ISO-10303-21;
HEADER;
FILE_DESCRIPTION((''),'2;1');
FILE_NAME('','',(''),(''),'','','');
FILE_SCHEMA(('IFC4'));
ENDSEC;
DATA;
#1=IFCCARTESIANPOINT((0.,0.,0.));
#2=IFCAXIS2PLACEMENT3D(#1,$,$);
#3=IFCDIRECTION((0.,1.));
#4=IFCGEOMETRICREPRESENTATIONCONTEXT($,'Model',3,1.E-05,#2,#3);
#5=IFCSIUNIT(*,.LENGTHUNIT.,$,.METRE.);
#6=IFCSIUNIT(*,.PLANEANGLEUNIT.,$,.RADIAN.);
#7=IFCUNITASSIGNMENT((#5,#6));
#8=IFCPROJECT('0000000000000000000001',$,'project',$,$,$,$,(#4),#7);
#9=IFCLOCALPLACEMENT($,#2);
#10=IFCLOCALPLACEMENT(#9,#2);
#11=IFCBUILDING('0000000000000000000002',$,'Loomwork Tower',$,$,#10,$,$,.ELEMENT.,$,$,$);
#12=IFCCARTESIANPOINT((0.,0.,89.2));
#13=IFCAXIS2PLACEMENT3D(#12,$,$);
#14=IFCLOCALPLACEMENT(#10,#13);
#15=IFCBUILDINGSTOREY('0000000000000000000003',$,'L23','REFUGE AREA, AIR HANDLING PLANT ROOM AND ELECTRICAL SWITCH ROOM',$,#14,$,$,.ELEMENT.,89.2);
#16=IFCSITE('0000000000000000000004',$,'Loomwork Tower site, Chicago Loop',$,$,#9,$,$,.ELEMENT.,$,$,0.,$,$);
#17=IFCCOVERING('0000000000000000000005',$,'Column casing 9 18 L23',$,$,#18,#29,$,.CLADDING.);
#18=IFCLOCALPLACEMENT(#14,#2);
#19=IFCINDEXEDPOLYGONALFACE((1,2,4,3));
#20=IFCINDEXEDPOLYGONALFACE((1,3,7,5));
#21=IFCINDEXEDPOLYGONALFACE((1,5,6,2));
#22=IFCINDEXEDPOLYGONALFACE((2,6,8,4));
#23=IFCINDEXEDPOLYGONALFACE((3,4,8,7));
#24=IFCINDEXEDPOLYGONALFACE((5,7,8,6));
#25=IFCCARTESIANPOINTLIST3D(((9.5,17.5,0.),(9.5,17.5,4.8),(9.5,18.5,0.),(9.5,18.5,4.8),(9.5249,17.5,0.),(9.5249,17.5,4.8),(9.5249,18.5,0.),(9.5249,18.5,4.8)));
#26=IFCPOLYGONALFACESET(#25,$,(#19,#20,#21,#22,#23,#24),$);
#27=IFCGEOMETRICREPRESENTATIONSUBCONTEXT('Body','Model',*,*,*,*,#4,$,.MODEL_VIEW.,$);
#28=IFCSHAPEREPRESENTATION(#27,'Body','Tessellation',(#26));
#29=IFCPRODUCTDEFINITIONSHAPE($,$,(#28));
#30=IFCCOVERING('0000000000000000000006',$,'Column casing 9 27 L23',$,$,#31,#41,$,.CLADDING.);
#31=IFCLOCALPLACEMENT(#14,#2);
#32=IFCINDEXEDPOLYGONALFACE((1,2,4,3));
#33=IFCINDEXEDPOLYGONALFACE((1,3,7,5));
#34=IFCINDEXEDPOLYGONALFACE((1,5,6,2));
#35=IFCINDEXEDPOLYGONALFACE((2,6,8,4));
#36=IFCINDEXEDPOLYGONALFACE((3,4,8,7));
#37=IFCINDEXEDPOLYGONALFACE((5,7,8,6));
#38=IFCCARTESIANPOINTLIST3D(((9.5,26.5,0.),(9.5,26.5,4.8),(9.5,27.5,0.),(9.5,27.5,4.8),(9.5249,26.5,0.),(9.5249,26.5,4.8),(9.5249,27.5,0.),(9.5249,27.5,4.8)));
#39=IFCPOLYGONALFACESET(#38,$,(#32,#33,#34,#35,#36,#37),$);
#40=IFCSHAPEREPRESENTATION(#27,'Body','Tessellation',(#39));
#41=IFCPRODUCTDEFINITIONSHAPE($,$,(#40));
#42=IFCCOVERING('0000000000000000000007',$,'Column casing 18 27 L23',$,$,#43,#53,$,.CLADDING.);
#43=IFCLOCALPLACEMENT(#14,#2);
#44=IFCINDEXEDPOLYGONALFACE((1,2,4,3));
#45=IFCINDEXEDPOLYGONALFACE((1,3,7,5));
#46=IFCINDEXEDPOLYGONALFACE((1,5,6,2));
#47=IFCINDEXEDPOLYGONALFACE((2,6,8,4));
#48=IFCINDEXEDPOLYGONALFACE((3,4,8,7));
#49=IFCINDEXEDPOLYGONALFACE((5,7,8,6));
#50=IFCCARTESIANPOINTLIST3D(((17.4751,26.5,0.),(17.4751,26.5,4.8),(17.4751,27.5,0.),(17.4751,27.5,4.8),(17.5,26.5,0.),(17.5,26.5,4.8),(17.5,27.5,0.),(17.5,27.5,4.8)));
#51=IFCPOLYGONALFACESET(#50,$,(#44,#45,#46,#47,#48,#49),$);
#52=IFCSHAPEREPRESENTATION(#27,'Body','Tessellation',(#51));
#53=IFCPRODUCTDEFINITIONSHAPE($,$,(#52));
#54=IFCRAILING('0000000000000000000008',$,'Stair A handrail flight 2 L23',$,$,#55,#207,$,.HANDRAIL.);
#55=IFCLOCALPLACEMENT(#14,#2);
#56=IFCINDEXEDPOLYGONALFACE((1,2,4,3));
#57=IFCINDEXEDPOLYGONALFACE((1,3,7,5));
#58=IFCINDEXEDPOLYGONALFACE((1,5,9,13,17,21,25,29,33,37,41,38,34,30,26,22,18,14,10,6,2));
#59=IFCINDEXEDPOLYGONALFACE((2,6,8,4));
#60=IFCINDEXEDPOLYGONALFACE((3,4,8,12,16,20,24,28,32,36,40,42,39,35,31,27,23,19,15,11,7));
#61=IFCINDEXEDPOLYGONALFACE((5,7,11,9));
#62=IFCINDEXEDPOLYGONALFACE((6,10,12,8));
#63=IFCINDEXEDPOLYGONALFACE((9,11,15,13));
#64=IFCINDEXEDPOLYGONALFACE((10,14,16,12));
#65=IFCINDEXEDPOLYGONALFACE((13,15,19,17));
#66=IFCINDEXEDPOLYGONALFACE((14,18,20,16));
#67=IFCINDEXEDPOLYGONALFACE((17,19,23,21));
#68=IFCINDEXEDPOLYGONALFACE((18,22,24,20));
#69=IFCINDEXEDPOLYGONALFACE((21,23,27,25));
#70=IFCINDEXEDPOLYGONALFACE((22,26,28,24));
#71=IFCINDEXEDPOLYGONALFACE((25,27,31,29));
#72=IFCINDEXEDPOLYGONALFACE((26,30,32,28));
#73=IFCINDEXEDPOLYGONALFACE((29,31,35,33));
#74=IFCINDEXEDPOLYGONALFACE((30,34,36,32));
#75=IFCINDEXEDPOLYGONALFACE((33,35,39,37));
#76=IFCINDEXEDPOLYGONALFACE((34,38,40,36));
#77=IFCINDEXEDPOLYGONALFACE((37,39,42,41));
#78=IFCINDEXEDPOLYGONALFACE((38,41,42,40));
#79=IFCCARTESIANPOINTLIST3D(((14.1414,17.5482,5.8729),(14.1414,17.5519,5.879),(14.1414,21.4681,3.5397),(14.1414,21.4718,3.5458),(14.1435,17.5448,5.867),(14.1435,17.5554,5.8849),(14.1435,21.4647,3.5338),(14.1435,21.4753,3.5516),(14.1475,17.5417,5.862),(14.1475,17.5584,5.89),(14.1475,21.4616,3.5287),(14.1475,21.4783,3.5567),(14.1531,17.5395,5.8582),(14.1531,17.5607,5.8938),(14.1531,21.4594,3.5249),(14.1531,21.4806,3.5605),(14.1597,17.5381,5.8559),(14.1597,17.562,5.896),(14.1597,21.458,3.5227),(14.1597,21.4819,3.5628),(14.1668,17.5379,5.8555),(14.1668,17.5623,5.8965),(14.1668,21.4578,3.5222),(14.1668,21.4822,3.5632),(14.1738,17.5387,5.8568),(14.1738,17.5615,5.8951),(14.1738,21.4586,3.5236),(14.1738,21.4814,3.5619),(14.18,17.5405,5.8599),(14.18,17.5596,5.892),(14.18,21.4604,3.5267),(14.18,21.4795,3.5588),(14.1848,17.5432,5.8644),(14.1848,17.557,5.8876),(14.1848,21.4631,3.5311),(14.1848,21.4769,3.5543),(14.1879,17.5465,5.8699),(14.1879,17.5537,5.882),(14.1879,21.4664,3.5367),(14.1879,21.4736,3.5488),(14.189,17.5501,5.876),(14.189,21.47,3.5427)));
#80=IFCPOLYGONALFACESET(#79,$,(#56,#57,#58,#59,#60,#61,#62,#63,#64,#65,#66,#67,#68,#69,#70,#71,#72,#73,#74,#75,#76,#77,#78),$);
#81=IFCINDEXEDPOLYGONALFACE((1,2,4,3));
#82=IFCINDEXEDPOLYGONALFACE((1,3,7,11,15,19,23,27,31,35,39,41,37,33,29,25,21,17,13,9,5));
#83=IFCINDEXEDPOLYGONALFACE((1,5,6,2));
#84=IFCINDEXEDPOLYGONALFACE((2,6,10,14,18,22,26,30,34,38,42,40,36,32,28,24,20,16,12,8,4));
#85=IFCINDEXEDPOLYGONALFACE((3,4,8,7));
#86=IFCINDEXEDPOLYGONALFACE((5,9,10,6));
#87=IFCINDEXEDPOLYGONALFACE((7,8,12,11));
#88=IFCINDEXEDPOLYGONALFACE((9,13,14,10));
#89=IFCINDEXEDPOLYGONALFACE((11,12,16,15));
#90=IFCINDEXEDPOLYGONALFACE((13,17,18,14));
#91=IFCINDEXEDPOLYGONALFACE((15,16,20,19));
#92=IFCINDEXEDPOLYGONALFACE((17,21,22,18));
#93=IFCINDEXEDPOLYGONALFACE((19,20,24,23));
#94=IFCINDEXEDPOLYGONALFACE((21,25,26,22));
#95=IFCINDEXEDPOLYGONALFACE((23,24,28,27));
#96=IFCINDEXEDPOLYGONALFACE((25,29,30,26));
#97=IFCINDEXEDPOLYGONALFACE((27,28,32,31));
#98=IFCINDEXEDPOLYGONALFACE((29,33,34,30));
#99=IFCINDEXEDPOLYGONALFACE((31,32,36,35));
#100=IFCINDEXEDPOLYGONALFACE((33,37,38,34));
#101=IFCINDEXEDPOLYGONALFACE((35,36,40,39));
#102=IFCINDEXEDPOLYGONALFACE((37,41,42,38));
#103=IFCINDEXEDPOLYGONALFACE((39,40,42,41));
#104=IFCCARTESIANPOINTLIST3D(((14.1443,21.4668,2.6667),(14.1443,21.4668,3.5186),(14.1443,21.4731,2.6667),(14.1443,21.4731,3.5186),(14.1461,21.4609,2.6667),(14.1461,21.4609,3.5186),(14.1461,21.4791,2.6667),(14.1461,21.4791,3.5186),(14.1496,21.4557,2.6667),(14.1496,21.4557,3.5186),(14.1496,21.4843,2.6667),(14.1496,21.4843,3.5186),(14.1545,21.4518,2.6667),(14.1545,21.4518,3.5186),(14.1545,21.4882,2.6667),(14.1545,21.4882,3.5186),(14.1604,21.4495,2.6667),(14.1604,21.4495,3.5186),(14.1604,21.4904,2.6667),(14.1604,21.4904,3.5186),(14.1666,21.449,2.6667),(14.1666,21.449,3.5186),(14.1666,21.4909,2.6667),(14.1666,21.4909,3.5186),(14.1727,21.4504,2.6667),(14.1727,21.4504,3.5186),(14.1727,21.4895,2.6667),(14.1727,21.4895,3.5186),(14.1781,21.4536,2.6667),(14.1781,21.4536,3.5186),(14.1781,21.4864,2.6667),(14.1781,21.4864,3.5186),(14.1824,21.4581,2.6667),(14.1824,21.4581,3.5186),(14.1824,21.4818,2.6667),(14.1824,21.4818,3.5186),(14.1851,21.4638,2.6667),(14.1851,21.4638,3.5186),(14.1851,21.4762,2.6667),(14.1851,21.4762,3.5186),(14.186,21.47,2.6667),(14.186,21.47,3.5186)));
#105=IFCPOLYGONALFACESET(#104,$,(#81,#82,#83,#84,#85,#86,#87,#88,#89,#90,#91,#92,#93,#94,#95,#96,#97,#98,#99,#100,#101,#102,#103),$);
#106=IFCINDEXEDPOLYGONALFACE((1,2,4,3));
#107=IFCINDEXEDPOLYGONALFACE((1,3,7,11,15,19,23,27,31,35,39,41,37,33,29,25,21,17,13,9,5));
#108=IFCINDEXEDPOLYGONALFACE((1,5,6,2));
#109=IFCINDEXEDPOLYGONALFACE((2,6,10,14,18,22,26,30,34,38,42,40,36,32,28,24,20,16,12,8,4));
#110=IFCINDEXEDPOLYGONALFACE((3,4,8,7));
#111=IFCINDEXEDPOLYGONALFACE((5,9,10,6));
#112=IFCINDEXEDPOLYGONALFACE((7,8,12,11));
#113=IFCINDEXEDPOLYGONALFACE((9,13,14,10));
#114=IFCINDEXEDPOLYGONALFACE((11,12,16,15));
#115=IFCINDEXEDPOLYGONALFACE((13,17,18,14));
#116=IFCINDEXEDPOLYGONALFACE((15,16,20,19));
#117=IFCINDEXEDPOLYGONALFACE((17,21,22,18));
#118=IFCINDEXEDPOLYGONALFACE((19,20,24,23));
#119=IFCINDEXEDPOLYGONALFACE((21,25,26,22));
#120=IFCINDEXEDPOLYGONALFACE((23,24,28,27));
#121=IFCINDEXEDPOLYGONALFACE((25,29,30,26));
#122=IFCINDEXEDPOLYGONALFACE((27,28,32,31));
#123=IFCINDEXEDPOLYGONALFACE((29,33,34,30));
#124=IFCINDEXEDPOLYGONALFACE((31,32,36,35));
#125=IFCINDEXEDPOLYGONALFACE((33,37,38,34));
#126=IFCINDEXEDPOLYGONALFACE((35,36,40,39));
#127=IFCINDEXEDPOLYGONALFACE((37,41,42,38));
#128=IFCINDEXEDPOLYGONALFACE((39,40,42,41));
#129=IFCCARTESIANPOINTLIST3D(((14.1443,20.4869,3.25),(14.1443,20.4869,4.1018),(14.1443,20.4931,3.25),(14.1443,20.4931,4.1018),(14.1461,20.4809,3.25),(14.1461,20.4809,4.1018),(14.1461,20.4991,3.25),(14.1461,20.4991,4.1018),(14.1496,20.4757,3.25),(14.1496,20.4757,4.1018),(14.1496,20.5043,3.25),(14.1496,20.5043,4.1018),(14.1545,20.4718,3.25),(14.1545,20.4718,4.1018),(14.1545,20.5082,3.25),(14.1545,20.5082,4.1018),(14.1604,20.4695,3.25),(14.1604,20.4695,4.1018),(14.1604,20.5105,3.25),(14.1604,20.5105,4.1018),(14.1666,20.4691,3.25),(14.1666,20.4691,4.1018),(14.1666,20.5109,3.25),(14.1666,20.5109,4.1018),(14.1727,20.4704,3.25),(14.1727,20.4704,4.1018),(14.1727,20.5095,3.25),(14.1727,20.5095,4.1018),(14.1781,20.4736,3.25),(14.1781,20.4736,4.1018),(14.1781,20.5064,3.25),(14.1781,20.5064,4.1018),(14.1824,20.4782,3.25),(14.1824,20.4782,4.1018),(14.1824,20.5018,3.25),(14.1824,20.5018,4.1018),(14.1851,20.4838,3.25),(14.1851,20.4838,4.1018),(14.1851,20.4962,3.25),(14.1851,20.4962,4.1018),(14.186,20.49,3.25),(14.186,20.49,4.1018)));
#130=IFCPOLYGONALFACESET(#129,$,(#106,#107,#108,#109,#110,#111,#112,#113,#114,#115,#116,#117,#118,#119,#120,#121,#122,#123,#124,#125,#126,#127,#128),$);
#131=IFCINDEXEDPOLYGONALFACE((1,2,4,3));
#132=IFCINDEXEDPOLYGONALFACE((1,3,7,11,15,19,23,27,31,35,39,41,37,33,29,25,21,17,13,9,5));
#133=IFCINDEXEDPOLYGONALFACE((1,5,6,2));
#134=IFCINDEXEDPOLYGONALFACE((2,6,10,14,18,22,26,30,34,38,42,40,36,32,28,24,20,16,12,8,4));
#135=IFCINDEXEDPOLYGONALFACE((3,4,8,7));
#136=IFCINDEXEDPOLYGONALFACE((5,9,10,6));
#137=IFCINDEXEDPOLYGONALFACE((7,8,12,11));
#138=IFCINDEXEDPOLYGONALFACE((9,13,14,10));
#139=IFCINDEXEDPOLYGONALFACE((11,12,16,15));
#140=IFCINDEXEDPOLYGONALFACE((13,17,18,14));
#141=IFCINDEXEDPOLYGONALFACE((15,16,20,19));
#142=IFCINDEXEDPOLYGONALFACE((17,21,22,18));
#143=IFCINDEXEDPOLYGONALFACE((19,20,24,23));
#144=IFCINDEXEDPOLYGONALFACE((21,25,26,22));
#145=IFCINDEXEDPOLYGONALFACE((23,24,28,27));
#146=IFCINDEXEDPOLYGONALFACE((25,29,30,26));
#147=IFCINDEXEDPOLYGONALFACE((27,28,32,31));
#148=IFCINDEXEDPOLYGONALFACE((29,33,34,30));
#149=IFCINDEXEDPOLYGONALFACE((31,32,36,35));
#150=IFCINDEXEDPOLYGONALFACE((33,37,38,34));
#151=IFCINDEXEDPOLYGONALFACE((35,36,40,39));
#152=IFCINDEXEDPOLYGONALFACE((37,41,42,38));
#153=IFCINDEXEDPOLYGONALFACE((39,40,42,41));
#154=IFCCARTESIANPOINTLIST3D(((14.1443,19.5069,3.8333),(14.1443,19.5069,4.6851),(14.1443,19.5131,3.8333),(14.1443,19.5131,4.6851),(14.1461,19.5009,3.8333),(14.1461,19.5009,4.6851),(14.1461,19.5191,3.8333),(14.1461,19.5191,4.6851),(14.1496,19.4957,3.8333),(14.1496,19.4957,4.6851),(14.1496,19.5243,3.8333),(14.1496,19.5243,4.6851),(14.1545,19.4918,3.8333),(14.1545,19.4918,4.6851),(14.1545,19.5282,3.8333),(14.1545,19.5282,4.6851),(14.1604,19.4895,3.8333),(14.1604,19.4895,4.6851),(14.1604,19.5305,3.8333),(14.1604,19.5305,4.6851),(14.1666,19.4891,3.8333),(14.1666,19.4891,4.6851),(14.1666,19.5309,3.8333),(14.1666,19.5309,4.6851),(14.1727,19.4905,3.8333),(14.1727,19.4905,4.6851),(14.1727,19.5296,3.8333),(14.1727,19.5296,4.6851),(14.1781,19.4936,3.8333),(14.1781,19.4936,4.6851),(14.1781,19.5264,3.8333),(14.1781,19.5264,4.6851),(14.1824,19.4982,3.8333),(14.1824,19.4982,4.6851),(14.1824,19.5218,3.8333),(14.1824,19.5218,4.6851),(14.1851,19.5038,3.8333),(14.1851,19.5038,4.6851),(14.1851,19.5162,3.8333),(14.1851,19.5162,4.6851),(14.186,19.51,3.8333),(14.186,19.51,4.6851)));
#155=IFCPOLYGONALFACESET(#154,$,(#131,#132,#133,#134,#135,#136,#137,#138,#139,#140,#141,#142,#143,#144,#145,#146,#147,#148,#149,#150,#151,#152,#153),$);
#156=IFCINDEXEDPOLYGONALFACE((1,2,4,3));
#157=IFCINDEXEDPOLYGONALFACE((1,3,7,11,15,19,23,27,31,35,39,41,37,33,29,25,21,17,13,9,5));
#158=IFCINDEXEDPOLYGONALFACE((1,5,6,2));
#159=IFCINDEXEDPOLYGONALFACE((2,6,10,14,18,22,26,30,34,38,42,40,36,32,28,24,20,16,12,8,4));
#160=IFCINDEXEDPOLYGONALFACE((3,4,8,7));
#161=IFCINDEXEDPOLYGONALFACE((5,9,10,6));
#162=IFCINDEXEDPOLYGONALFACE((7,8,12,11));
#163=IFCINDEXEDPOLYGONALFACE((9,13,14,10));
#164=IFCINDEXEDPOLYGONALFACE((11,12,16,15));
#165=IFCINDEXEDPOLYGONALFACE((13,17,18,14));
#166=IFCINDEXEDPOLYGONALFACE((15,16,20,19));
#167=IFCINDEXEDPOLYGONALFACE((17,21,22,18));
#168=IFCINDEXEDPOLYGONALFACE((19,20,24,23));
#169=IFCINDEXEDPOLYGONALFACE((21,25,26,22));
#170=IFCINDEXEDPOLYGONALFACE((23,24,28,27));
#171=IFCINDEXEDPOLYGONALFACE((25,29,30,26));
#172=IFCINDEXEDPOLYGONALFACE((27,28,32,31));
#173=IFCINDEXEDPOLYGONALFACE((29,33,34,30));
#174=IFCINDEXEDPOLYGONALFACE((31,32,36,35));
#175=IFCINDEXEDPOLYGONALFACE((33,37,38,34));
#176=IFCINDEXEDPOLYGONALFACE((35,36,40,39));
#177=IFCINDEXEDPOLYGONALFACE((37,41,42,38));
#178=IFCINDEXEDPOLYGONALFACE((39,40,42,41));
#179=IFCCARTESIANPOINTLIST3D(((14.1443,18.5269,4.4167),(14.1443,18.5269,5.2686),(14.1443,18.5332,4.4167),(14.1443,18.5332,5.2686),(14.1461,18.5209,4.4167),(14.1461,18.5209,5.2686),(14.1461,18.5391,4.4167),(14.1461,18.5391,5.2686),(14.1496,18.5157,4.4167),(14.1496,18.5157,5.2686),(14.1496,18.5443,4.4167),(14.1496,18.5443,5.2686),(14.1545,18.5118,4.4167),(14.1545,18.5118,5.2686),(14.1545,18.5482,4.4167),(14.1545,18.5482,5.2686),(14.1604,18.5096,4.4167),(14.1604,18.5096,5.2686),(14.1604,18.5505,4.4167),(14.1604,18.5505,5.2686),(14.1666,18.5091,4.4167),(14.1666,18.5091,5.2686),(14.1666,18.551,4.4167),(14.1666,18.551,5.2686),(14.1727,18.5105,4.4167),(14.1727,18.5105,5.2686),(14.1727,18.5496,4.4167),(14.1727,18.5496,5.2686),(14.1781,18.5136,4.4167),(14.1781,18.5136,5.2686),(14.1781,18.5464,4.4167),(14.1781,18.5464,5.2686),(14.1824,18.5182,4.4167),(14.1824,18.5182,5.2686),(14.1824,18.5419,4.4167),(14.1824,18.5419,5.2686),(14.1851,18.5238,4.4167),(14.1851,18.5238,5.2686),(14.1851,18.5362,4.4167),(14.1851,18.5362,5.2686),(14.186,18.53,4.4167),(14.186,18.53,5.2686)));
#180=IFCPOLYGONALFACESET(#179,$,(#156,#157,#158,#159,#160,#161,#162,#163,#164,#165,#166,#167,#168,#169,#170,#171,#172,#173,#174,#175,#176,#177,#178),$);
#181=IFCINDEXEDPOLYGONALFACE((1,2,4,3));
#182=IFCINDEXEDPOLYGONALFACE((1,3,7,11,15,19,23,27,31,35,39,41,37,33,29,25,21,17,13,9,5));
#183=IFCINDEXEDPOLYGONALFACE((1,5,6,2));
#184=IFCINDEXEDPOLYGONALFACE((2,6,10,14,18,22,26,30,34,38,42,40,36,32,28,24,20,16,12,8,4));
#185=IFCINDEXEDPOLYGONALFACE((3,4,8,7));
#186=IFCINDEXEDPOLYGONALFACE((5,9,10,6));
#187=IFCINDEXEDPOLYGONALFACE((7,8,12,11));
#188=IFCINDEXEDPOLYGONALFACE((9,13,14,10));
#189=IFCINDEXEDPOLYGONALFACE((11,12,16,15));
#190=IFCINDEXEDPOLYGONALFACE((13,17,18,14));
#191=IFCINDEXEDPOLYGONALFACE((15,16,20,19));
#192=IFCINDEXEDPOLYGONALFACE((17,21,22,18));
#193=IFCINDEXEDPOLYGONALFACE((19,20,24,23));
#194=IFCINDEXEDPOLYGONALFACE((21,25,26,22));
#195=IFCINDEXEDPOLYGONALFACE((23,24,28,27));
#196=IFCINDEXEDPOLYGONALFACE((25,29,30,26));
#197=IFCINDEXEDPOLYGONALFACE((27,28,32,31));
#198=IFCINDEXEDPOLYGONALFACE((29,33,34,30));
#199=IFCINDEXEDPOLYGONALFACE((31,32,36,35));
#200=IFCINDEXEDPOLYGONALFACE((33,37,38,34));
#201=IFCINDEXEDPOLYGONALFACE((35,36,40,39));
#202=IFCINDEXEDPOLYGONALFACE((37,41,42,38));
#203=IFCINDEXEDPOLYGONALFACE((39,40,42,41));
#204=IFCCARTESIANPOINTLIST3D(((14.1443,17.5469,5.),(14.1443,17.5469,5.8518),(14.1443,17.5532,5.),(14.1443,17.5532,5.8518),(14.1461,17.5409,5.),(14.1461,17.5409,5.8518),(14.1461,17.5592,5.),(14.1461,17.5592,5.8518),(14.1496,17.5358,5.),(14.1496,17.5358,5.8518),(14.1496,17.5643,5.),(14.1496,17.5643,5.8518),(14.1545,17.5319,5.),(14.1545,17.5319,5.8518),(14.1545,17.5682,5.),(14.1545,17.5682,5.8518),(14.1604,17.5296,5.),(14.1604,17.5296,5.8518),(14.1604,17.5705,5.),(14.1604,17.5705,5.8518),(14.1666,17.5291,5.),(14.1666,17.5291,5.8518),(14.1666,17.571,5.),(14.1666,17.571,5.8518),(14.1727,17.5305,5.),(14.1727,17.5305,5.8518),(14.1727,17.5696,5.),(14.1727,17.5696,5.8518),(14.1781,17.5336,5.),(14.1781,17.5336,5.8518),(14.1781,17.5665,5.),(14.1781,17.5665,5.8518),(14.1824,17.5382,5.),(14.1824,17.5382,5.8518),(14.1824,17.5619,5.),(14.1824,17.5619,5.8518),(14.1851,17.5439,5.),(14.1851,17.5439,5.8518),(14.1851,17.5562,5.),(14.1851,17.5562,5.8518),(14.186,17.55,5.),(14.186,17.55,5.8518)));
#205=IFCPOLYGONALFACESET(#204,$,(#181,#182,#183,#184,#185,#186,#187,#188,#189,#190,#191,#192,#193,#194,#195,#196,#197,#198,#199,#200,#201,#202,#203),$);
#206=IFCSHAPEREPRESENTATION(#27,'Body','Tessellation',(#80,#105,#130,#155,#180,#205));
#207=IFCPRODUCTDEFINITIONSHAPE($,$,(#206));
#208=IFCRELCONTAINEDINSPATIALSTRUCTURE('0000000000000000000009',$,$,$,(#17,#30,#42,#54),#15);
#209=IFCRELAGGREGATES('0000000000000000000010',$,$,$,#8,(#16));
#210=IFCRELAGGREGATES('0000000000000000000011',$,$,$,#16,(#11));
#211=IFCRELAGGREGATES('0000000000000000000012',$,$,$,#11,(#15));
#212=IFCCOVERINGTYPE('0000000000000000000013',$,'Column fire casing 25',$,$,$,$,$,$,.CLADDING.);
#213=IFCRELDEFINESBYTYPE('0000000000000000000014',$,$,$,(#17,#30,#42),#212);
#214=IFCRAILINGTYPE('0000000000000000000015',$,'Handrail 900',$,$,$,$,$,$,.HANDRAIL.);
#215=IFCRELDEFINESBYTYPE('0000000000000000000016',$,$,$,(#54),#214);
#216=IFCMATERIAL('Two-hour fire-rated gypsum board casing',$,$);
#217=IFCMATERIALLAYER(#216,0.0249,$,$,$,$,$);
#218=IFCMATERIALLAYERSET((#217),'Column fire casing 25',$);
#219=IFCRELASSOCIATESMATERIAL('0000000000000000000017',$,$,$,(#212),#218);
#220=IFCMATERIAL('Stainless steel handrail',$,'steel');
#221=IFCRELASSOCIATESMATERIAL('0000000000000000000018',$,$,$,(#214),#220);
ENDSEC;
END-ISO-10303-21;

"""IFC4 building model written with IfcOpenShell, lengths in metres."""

from ifc_helpers import new_model, si_unit, direction, frame, origin, origin_2d, place, context, subcontext, project, spatial, rectangle, circle, extrude, material, layer, layer_set, type_object, element, save


model = new_model("IFC4")

# Units and contexts
model_context = context("Model", 3, precision=1e-05, world=origin(), true_north=direction((0.0, 1.0)))
body_context = subcontext(model_context, "Body", "Model", "MODEL_VIEW")
ifc_project = project(units=[si_unit("LENGTHUNIT", "METRE"), si_unit("PLANEANGLEUNIT", "RADIAN")], contexts=[model_context])

# Site, building, storey
site_placement = place(None, origin())
site = spatial("IfcSite", under=ifc_project, at=site_placement, Name="Loomwork Tower site, Chicago Loop", CompositionType="ELEMENT", RefElevation=0.0)
building_placement = place(site_placement, origin())
building = spatial("IfcBuilding", under=site, at=building_placement, Name="Loomwork Tower", CompositionType="ELEMENT")
storey_placement = place(building_placement, frame((0.0, 0.0, 89.2)))
storey = spatial("IfcBuildingStorey", under=building, at=storey_placement, Name="L23", Description="REFUGE AREA, AIR HANDLING PLANT ROOM AND ELECTRICAL SWITCH ROOM", CompositionType="ELEMENT", Elevation=89.2)

# Coverings
ifc_material_1 = material(Name="Two-hour fire-rated gypsum board casing")
ifc_layer_1 = layer(ifc_material_1, 0.0249)
ifc_layer_set_1 = layer_set([ifc_layer_1], Name="Column fire casing 25")
covering_type = type_object("IfcCoveringType", Name="Column fire casing 25", PredefinedType="CLADDING", material=ifc_layer_set_1)
for number, where, z_axis, x_axis, name in (
    (1, (9.5125, 18.0, 0.0), (0.0, 0.0, 1.0), (1.0, 0.0, 0.0), "Column casing 9 18 L23"),
    (2, (9.5125, 27.0, 0.0), (0.0, 0.0, 1.0), (1.0, 0.0, 0.0), "Column casing 9 27 L23"),
    (3, (17.4875, 27.0, 0.0), (0.0, 0.0, 1.0), (1.0, 0.0, 0.0), "Column casing 18 27 L23"),
):
    element("IfcCovering", number, at=place(storey_placement, frame(where, z_axis=z_axis, x_axis=x_axis)), inside=storey, type_object=covering_type, Name=name, PredefinedType="CLADDING", context=body_context, shape_type="SweptSolid", body=[
        extrude(rectangle(XDim=0.0249, YDim=1.0, at=origin_2d()), origin(), (0.0, 0.0, 1.0), 4.8),
    ])

# Railing
ifc_material_2 = material(Name="Stainless steel handrail", Category="steel")
railing_type = type_object("IfcRailingType", Name="Handrail 900", PredefinedType="HANDRAIL", material=ifc_material_2)
railing_placement = place(storey_placement, frame((14.165, 21.47, 2.6667)))
element("IfcRailing", 4, at=railing_placement, inside=storey, type_object=railing_type, Name="Stair A handrail flight 2 L23", PredefinedType="HANDRAIL", context=body_context, shape_type="SweptSolid", body=[
    extrude(circle(Radius=0.0239, at=origin_2d()), frame((0.0, 0.0, 0.876), z_axis=(0.0, -0.859296, 0.511478), x_axis=(1.0, 0.0, 0.0)), (0.0, 0.0, 1.0), 4.5618),
    extrude(circle(Radius=0.021, at=origin_2d()), origin(), (0.0, 0.0, 1.0), 0.8518),
    extrude(circle(Radius=0.021, at=origin_2d()), frame((0.0, -0.98, 0.5833)), (0.0, 0.0, 1.0), 0.8518),
    extrude(circle(Radius=0.021, at=origin_2d()), frame((0.0, -1.96, 1.1665)), (0.0, 0.0, 1.0), 0.8518),
    extrude(circle(Radius=0.021, at=origin_2d()), frame((0.0, -2.9399, 1.75)), (0.0, 0.0, 1.0), 0.8518),
    extrude(circle(Radius=0.021, at=origin_2d()), frame((0.0, -3.9199, 2.3333)), (0.0, 0.0, 1.0), 0.8518),
])

save(model, "model.ifc")
